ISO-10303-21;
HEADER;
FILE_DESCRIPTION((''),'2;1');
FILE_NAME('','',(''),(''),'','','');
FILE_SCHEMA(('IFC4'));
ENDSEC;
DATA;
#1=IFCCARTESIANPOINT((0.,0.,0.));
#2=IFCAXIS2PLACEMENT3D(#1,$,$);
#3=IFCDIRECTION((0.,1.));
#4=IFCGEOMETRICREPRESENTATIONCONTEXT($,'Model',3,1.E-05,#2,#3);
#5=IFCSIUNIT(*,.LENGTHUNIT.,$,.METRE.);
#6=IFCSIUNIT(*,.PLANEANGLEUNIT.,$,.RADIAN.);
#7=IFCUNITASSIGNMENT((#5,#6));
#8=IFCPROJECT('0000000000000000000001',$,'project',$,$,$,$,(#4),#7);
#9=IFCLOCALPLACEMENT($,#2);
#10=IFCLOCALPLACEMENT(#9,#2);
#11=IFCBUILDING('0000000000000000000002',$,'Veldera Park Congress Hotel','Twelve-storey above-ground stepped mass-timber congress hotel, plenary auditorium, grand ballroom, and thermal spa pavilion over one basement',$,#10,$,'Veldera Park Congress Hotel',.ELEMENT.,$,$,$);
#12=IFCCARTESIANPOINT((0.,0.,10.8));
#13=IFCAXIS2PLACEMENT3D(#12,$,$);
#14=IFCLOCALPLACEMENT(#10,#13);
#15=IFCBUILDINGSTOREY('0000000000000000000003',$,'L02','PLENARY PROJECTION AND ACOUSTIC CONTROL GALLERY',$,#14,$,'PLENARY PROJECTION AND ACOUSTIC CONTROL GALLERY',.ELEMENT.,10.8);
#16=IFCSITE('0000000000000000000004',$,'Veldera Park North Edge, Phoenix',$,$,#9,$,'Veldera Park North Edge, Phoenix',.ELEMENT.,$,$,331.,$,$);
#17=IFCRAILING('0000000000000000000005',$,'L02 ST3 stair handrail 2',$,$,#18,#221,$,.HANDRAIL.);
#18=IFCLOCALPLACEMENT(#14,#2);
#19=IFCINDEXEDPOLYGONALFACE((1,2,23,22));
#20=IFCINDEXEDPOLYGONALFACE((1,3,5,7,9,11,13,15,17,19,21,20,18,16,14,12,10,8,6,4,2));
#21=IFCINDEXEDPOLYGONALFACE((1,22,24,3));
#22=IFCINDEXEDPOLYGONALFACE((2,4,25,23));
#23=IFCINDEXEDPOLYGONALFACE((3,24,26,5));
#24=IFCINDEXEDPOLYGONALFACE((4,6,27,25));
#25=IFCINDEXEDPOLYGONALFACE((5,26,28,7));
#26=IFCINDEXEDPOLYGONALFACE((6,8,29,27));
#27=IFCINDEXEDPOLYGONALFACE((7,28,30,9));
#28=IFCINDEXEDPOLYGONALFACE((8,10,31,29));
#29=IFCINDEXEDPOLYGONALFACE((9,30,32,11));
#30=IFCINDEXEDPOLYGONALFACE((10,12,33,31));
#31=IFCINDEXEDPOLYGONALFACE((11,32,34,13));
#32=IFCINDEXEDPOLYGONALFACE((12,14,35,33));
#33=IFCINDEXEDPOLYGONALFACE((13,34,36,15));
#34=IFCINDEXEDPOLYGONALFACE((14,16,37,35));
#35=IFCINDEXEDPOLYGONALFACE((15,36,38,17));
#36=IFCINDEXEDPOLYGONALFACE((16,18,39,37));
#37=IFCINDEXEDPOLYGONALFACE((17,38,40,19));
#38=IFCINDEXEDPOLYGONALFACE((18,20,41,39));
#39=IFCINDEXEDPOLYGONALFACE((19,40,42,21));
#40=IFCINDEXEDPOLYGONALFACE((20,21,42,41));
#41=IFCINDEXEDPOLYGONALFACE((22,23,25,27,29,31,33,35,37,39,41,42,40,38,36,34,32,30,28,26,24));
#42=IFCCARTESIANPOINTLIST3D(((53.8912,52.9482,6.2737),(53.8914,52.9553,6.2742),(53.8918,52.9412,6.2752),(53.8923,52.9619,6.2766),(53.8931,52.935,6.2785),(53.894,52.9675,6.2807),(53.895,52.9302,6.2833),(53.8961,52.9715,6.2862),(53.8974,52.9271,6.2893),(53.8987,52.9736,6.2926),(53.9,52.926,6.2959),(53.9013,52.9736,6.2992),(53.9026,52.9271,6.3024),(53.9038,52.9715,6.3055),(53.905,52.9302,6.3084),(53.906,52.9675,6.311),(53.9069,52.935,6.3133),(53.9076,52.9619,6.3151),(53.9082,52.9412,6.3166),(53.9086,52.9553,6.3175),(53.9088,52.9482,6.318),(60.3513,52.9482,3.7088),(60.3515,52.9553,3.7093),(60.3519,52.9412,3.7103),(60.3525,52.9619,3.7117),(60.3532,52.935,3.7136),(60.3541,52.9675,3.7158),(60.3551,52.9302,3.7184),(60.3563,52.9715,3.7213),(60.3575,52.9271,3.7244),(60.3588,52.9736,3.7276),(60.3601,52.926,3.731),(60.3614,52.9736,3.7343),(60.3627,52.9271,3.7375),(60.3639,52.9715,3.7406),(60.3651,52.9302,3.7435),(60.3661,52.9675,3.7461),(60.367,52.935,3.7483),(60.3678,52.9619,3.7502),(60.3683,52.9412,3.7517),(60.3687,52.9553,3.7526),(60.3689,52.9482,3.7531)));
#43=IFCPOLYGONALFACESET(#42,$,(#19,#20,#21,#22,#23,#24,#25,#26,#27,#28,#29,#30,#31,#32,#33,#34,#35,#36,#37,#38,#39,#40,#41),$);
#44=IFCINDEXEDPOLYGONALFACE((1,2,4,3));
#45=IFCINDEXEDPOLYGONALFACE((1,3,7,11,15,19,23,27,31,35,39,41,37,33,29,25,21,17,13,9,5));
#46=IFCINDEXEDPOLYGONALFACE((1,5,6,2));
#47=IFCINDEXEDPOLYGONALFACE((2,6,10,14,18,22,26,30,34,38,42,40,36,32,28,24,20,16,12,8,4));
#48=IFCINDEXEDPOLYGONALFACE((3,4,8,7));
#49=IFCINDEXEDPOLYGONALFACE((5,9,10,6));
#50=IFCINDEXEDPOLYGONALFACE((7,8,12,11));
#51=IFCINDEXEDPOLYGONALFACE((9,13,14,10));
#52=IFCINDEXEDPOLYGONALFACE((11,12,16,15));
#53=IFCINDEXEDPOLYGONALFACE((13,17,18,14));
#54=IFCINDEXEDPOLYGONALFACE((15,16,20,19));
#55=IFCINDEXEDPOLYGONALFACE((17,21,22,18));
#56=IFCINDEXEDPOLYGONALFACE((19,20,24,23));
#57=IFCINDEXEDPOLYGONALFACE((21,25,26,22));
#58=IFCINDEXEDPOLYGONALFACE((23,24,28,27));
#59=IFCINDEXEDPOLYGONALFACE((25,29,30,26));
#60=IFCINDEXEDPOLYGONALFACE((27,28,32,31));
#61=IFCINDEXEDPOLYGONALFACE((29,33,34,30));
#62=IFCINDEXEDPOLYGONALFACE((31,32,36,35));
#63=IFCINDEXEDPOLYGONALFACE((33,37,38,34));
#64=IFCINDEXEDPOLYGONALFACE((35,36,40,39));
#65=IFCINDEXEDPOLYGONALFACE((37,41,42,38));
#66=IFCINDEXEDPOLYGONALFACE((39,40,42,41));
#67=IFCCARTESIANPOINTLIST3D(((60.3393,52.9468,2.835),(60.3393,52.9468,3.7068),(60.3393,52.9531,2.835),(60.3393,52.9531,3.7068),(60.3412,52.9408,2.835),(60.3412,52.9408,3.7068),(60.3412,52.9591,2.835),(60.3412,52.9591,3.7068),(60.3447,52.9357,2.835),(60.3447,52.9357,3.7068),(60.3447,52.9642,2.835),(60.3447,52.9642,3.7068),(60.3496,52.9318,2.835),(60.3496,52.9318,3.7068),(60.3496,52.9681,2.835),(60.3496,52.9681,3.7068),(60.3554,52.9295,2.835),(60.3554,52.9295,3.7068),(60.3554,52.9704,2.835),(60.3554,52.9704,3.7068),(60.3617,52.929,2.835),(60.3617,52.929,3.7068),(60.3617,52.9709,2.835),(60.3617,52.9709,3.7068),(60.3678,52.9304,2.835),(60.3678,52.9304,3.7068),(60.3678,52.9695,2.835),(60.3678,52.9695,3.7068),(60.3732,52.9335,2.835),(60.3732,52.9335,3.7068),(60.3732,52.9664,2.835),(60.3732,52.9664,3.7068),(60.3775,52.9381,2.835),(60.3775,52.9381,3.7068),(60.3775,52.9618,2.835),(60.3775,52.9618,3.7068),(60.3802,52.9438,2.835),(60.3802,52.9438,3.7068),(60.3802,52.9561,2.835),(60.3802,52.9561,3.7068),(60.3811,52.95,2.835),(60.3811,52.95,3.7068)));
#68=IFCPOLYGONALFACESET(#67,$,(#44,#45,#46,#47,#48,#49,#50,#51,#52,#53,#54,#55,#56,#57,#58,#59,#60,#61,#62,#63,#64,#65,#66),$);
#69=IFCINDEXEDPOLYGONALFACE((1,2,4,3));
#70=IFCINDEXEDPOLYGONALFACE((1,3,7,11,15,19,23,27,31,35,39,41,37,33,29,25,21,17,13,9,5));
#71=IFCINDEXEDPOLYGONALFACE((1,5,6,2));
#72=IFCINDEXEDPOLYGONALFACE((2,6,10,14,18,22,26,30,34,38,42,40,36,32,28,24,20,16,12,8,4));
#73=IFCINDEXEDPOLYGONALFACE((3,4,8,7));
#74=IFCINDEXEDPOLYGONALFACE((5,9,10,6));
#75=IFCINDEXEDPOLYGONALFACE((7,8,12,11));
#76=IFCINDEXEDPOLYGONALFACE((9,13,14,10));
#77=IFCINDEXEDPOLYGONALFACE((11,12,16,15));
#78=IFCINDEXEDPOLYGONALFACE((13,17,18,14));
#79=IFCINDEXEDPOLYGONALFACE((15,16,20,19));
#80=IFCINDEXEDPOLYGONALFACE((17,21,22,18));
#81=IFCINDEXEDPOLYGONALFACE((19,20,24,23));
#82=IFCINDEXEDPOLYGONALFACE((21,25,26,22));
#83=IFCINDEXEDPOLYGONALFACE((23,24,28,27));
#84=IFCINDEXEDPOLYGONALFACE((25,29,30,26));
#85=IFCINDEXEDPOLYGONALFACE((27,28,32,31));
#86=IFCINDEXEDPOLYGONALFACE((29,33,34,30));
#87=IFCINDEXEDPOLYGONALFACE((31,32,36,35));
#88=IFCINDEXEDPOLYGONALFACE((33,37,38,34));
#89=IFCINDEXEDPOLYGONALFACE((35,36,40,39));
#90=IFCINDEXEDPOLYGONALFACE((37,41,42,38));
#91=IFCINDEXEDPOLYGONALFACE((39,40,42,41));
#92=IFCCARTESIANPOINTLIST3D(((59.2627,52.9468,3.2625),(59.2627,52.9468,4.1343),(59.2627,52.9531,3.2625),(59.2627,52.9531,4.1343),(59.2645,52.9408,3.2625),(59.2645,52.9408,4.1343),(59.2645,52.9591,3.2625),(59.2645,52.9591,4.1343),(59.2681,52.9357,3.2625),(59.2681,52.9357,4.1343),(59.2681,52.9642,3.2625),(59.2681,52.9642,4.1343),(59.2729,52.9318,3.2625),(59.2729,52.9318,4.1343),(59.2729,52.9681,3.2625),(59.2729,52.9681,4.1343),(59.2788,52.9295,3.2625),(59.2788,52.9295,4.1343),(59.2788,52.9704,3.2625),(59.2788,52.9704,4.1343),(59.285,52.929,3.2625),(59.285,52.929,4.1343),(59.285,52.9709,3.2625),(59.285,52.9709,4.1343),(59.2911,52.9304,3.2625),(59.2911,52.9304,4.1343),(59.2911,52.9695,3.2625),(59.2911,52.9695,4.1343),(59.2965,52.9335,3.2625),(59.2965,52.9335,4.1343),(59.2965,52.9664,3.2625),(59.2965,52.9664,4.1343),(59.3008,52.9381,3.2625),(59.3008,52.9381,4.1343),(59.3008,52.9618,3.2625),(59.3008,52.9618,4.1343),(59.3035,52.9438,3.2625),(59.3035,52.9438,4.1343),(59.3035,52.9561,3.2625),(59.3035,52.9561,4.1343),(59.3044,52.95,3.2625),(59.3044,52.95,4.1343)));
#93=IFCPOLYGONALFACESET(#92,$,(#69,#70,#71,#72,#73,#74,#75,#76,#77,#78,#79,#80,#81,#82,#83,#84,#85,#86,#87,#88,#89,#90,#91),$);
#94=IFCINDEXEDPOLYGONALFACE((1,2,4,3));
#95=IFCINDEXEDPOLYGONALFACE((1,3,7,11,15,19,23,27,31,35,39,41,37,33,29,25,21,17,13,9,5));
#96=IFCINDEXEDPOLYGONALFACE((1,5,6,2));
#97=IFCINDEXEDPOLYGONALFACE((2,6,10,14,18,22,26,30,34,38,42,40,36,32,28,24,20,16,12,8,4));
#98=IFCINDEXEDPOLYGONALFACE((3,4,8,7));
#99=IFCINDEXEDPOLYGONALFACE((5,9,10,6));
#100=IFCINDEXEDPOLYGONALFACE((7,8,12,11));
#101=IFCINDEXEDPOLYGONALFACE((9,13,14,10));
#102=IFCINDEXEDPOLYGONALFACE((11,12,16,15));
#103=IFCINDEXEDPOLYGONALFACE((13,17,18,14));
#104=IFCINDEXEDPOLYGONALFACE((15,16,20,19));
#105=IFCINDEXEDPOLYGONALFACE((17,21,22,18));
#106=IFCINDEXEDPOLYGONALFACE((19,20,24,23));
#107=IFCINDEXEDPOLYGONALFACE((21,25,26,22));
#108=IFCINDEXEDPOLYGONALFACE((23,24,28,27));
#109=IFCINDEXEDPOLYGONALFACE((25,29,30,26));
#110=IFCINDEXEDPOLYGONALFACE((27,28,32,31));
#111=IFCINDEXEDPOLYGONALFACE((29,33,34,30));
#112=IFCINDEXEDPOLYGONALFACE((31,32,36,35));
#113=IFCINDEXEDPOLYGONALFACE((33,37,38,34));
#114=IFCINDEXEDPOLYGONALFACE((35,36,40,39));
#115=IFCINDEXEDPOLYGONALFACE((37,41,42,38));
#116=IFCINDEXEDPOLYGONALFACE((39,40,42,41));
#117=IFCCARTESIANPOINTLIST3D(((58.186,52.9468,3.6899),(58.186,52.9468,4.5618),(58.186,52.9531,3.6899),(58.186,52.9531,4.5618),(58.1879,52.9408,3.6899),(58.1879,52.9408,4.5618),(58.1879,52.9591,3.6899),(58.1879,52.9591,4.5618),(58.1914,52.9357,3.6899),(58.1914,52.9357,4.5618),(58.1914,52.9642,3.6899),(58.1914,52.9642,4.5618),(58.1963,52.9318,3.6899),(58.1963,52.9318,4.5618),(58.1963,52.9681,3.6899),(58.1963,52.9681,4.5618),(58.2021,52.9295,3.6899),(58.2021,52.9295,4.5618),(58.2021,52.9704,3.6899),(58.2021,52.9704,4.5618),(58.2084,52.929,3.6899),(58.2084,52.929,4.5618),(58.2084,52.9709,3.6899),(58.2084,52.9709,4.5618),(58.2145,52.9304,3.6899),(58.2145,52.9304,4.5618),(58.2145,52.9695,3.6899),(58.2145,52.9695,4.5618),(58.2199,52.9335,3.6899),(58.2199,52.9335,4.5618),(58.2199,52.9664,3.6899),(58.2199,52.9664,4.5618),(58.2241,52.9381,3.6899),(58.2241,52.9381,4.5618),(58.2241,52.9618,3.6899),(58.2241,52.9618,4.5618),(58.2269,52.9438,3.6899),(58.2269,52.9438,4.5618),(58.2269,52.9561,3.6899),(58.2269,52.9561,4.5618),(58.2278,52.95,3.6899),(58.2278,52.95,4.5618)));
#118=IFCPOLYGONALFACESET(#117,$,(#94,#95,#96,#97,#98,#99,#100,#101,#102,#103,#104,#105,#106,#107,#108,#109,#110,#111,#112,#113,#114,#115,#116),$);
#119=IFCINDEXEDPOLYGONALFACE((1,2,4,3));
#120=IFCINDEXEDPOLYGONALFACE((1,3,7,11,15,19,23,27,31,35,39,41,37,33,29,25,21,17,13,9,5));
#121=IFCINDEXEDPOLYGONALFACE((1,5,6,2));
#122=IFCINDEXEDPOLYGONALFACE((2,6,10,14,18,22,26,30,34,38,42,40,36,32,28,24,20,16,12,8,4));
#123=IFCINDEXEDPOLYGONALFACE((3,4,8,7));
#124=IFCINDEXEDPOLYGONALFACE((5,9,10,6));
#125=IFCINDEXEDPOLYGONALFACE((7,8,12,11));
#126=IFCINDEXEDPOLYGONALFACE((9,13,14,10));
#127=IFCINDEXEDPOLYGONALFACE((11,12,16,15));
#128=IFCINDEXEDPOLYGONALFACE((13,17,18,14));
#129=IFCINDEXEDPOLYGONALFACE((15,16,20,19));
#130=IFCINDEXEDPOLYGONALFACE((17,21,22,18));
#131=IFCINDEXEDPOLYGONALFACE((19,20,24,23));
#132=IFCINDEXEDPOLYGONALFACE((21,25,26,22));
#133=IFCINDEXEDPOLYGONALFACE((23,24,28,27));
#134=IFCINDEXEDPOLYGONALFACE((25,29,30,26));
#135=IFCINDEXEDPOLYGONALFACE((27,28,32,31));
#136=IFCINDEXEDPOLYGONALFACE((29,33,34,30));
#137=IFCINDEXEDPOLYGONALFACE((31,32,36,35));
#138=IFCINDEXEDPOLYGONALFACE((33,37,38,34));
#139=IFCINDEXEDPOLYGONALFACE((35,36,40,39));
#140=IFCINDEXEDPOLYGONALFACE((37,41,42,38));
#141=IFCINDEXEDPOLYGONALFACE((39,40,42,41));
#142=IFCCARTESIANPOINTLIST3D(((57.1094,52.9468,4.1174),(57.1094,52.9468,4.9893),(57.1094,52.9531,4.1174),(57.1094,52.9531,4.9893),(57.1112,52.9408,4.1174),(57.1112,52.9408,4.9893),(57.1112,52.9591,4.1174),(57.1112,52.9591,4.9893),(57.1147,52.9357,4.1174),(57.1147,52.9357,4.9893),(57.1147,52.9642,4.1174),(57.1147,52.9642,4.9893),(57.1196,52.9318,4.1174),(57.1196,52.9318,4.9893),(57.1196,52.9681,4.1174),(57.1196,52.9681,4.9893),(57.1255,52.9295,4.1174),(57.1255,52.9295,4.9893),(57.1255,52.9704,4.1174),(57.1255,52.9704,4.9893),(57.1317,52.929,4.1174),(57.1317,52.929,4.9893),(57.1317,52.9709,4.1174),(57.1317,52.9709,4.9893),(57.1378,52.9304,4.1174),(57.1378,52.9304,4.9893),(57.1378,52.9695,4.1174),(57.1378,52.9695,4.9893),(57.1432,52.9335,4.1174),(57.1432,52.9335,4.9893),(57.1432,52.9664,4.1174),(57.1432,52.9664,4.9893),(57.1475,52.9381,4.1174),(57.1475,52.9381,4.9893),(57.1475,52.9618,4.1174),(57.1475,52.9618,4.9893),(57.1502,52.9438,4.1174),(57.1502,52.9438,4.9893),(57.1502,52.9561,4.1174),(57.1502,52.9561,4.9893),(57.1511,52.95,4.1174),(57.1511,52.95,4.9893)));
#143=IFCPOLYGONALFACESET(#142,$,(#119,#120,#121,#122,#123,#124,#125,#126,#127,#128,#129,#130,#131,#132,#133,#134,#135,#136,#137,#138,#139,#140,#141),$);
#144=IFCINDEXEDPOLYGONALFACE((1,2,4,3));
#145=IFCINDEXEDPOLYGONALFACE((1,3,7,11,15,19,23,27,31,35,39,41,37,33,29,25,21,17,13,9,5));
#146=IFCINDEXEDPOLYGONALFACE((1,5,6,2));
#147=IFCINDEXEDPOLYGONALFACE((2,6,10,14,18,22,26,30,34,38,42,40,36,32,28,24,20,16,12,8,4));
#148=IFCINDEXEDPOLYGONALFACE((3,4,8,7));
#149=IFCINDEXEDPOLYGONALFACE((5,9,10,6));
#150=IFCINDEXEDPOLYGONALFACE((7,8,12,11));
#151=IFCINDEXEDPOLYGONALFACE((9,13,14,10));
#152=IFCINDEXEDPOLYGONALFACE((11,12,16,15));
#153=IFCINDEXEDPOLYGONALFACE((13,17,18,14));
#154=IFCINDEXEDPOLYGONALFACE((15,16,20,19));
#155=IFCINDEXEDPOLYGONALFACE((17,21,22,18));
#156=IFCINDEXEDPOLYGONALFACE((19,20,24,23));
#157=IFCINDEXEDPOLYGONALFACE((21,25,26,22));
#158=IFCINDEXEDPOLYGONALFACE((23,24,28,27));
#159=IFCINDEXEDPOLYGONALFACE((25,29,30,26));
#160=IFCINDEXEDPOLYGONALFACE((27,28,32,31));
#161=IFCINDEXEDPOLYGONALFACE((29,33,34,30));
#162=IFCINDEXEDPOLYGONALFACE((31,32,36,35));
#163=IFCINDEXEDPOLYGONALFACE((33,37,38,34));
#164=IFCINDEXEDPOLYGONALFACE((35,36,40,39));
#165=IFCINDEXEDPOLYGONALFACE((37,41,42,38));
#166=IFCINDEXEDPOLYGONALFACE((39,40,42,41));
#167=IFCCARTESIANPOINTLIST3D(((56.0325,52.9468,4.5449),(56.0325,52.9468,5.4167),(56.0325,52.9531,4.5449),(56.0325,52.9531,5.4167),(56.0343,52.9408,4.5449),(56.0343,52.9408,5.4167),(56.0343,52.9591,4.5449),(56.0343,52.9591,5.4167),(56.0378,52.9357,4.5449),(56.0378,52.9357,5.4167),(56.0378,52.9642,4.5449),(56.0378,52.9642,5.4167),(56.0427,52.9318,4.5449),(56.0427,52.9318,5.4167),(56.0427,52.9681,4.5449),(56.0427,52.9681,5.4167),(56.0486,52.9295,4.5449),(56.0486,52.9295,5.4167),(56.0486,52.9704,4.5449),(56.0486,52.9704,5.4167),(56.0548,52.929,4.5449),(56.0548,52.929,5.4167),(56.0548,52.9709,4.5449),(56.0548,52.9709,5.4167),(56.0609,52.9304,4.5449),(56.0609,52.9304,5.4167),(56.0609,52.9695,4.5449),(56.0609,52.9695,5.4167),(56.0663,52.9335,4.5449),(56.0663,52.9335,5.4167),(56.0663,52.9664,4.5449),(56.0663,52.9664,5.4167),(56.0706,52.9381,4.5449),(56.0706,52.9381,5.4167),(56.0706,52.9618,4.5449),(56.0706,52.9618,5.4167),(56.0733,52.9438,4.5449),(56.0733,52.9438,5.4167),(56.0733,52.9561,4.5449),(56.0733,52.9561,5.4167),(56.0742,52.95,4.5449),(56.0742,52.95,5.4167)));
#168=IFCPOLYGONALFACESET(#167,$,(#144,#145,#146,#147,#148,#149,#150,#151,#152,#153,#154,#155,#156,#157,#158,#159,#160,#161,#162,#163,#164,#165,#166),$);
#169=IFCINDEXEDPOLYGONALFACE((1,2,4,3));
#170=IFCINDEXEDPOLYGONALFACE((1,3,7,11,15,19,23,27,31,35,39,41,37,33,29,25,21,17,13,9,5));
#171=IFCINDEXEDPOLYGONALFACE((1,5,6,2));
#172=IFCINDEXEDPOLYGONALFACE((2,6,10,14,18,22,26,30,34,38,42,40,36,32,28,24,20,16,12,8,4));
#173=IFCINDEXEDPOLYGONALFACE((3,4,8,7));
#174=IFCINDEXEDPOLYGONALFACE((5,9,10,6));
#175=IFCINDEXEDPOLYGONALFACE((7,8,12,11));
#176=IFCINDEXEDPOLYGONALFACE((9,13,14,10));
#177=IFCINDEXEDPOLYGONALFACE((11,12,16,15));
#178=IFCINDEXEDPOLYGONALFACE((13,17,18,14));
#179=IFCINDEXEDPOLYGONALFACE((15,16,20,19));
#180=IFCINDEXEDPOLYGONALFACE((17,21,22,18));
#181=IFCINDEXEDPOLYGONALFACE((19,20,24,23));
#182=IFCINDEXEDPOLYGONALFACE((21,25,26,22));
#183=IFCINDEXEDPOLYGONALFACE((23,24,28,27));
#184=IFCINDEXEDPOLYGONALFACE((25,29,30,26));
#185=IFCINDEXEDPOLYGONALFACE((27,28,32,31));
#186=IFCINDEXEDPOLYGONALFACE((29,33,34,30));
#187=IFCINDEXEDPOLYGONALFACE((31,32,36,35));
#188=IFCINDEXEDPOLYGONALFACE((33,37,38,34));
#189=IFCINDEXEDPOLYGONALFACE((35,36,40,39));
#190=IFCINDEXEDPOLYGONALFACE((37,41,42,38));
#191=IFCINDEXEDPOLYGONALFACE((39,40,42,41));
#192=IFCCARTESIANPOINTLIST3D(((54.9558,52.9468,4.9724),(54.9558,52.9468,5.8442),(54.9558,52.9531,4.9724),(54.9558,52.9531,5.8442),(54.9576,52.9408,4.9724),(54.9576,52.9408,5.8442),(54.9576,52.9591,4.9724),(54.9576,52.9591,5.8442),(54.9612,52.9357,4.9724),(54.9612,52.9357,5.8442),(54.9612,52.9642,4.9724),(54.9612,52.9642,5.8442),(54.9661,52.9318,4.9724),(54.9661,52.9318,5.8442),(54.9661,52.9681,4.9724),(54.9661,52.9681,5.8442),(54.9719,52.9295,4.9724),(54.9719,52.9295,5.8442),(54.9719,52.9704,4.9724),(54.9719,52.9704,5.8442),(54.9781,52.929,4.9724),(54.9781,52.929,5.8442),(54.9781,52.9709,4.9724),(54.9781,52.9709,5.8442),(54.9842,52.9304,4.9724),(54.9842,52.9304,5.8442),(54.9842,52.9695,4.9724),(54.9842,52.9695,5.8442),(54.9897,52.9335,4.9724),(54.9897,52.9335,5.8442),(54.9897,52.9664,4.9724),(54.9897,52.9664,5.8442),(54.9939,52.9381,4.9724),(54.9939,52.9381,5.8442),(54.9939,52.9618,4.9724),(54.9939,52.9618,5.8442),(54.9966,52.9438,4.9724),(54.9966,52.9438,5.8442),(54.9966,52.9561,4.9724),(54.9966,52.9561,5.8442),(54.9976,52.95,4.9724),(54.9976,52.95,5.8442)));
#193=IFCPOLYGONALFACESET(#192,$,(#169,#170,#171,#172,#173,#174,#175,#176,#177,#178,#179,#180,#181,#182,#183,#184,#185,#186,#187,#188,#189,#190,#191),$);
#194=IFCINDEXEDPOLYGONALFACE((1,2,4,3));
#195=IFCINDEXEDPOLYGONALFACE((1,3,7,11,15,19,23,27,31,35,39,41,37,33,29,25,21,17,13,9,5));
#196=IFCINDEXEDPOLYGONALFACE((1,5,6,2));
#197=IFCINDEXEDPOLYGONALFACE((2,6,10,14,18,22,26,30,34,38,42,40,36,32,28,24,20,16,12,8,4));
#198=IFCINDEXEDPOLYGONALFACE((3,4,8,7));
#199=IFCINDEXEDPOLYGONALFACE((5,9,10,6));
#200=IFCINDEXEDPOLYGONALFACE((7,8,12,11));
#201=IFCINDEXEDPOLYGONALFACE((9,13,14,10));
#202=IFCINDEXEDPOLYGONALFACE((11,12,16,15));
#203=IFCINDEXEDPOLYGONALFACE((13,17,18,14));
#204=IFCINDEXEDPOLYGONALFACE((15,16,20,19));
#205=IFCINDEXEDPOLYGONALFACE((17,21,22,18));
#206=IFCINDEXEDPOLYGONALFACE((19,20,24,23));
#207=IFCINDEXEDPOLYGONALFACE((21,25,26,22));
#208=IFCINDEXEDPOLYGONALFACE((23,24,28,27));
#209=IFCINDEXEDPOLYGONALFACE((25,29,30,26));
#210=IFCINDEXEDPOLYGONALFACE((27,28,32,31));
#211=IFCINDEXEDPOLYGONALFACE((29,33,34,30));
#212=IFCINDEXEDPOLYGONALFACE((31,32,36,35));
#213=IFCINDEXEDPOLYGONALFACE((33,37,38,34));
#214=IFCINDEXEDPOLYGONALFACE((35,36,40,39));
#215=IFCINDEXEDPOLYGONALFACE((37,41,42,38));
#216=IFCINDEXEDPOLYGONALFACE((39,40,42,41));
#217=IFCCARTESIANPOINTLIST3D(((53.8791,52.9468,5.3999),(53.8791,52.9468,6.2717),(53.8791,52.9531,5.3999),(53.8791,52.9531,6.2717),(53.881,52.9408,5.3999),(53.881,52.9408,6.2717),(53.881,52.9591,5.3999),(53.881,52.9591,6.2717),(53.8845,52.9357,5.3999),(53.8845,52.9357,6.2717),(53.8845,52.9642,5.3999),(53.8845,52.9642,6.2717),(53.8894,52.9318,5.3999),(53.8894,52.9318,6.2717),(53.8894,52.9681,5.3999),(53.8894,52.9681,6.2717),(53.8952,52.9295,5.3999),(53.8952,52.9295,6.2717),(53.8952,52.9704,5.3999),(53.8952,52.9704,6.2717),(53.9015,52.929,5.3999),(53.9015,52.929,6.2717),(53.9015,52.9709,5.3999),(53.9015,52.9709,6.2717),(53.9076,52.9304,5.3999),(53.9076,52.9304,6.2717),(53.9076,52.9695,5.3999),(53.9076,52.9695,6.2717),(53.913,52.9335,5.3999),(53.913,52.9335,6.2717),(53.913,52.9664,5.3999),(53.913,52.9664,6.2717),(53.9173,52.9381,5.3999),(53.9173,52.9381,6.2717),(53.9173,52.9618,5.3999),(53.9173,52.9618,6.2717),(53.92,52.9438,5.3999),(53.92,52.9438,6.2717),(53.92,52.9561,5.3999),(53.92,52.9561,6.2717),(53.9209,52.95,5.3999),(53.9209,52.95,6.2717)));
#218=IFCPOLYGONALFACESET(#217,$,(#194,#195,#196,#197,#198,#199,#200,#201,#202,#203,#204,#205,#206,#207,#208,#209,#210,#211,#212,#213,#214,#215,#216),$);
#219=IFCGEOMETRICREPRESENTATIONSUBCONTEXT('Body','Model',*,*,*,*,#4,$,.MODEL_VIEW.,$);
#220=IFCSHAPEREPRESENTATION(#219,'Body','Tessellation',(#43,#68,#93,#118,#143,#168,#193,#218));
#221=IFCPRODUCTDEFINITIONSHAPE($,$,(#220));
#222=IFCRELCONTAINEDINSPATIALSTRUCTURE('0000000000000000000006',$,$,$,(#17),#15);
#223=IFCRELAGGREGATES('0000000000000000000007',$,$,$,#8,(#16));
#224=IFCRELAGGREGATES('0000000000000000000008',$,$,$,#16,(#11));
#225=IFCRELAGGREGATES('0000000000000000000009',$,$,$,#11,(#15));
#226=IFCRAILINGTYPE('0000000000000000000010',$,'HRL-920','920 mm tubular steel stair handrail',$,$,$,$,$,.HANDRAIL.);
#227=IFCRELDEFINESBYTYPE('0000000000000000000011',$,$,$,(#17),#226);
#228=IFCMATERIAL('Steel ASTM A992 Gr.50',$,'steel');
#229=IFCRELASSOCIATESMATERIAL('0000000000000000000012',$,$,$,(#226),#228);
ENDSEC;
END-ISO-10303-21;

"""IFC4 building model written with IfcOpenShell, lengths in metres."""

from ifc_helpers import new_model, si_unit, direction, frame, origin, origin_2d, place, context, subcontext, project, spatial, circle, extrude, material, type_object, element, save


model = new_model("IFC4")

# Units and contexts
model_context = context("Model", 3, precision=1e-05, world=origin(), true_north=direction((0.0, 1.0)))
body_context = subcontext(model_context, "Body", "Model", "MODEL_VIEW")
ifc_project = project(units=[si_unit("LENGTHUNIT", "METRE"), si_unit("PLANEANGLEUNIT", "RADIAN")], contexts=[model_context])

# Site, building, storey
site_placement = place(None, origin())
site = spatial("IfcSite", under=ifc_project, at=site_placement, Name="Veldera Park North Edge, Phoenix", LongName="Veldera Park North Edge, Phoenix", CompositionType="ELEMENT", RefElevation=331.0)
building_placement = place(site_placement, origin())
building = spatial("IfcBuilding", under=site, at=building_placement, Name="Veldera Park Congress Hotel", Description="Twelve-storey above-ground stepped mass-timber congress hotel, plenary auditorium, grand ballroom, and thermal spa pavilion over one basement", LongName="Veldera Park Congress Hotel", CompositionType="ELEMENT")
storey_placement = place(building_placement, frame((0.0, 0.0, 10.8)))
storey = spatial("IfcBuildingStorey", under=building, at=storey_placement, Name="L02", Description="PLENARY PROJECTION AND ACOUSTIC CONTROL GALLERY", LongName="PLENARY PROJECTION AND ACOUSTIC CONTROL GALLERY", CompositionType="ELEMENT", Elevation=10.8)

# Shared definitions
ifc_material_1 = material(Name="Steel ASTM A992 Gr.50", Category="steel")

# Railing
railing_type_1 = type_object("IfcRailingType", Name="HRL-920", Description="920 mm tubular steel stair handrail", PredefinedType="HANDRAIL", material=ifc_material_1)
railing_1_placement = place(storey_placement, frame((60.3601, 52.95, 2.835)))
element("IfcRailing", 1, at=railing_1_placement, inside=storey, type_object=railing_type_1, Name="L02 ST3 stair handrail 2", PredefinedType="HANDRAIL", context=body_context, shape_type="SweptSolid", body=[
    extrude(circle(Radius=0.0239, at=origin_2d()), frame((0.0, 0.0, 0.896), z_axis=(-0.929423, 0.0, 0.369016), x_axis=(0.0, -1.0, 0.0)), (0.0, 0.0, 1.0), 6.9507),
    extrude(circle(Radius=0.021, at=origin_2d()), origin(), (0.0, 0.0, 1.0), 0.8718),
    extrude(circle(Radius=0.021, at=origin_2d()), frame((-1.0767, 0.0, 0.4275)), (0.0, 0.0, 1.0), 0.8718),
    extrude(circle(Radius=0.021, at=origin_2d()), frame((-2.1533, 0.0, 0.855)), (0.0, 0.0, 1.0), 0.8718),
    extrude(circle(Radius=0.021, at=origin_2d()), frame((-3.23, 0.0, 1.2825)), (0.0, 0.0, 1.0), 0.8718),
    extrude(circle(Radius=0.021, at=origin_2d()), frame((-4.3069, 0.0, 1.71)), (0.0, 0.0, 1.0), 0.8718),
    extrude(circle(Radius=0.021, at=origin_2d()), frame((-5.3835, 0.0, 2.1375)), (0.0, 0.0, 1.0), 0.8718),
    extrude(circle(Radius=0.021, at=origin_2d()), frame((-6.4602, 0.0, 2.5649)), (0.0, 0.0, 1.0), 0.8718),
])

save(model, "model.ifc")
